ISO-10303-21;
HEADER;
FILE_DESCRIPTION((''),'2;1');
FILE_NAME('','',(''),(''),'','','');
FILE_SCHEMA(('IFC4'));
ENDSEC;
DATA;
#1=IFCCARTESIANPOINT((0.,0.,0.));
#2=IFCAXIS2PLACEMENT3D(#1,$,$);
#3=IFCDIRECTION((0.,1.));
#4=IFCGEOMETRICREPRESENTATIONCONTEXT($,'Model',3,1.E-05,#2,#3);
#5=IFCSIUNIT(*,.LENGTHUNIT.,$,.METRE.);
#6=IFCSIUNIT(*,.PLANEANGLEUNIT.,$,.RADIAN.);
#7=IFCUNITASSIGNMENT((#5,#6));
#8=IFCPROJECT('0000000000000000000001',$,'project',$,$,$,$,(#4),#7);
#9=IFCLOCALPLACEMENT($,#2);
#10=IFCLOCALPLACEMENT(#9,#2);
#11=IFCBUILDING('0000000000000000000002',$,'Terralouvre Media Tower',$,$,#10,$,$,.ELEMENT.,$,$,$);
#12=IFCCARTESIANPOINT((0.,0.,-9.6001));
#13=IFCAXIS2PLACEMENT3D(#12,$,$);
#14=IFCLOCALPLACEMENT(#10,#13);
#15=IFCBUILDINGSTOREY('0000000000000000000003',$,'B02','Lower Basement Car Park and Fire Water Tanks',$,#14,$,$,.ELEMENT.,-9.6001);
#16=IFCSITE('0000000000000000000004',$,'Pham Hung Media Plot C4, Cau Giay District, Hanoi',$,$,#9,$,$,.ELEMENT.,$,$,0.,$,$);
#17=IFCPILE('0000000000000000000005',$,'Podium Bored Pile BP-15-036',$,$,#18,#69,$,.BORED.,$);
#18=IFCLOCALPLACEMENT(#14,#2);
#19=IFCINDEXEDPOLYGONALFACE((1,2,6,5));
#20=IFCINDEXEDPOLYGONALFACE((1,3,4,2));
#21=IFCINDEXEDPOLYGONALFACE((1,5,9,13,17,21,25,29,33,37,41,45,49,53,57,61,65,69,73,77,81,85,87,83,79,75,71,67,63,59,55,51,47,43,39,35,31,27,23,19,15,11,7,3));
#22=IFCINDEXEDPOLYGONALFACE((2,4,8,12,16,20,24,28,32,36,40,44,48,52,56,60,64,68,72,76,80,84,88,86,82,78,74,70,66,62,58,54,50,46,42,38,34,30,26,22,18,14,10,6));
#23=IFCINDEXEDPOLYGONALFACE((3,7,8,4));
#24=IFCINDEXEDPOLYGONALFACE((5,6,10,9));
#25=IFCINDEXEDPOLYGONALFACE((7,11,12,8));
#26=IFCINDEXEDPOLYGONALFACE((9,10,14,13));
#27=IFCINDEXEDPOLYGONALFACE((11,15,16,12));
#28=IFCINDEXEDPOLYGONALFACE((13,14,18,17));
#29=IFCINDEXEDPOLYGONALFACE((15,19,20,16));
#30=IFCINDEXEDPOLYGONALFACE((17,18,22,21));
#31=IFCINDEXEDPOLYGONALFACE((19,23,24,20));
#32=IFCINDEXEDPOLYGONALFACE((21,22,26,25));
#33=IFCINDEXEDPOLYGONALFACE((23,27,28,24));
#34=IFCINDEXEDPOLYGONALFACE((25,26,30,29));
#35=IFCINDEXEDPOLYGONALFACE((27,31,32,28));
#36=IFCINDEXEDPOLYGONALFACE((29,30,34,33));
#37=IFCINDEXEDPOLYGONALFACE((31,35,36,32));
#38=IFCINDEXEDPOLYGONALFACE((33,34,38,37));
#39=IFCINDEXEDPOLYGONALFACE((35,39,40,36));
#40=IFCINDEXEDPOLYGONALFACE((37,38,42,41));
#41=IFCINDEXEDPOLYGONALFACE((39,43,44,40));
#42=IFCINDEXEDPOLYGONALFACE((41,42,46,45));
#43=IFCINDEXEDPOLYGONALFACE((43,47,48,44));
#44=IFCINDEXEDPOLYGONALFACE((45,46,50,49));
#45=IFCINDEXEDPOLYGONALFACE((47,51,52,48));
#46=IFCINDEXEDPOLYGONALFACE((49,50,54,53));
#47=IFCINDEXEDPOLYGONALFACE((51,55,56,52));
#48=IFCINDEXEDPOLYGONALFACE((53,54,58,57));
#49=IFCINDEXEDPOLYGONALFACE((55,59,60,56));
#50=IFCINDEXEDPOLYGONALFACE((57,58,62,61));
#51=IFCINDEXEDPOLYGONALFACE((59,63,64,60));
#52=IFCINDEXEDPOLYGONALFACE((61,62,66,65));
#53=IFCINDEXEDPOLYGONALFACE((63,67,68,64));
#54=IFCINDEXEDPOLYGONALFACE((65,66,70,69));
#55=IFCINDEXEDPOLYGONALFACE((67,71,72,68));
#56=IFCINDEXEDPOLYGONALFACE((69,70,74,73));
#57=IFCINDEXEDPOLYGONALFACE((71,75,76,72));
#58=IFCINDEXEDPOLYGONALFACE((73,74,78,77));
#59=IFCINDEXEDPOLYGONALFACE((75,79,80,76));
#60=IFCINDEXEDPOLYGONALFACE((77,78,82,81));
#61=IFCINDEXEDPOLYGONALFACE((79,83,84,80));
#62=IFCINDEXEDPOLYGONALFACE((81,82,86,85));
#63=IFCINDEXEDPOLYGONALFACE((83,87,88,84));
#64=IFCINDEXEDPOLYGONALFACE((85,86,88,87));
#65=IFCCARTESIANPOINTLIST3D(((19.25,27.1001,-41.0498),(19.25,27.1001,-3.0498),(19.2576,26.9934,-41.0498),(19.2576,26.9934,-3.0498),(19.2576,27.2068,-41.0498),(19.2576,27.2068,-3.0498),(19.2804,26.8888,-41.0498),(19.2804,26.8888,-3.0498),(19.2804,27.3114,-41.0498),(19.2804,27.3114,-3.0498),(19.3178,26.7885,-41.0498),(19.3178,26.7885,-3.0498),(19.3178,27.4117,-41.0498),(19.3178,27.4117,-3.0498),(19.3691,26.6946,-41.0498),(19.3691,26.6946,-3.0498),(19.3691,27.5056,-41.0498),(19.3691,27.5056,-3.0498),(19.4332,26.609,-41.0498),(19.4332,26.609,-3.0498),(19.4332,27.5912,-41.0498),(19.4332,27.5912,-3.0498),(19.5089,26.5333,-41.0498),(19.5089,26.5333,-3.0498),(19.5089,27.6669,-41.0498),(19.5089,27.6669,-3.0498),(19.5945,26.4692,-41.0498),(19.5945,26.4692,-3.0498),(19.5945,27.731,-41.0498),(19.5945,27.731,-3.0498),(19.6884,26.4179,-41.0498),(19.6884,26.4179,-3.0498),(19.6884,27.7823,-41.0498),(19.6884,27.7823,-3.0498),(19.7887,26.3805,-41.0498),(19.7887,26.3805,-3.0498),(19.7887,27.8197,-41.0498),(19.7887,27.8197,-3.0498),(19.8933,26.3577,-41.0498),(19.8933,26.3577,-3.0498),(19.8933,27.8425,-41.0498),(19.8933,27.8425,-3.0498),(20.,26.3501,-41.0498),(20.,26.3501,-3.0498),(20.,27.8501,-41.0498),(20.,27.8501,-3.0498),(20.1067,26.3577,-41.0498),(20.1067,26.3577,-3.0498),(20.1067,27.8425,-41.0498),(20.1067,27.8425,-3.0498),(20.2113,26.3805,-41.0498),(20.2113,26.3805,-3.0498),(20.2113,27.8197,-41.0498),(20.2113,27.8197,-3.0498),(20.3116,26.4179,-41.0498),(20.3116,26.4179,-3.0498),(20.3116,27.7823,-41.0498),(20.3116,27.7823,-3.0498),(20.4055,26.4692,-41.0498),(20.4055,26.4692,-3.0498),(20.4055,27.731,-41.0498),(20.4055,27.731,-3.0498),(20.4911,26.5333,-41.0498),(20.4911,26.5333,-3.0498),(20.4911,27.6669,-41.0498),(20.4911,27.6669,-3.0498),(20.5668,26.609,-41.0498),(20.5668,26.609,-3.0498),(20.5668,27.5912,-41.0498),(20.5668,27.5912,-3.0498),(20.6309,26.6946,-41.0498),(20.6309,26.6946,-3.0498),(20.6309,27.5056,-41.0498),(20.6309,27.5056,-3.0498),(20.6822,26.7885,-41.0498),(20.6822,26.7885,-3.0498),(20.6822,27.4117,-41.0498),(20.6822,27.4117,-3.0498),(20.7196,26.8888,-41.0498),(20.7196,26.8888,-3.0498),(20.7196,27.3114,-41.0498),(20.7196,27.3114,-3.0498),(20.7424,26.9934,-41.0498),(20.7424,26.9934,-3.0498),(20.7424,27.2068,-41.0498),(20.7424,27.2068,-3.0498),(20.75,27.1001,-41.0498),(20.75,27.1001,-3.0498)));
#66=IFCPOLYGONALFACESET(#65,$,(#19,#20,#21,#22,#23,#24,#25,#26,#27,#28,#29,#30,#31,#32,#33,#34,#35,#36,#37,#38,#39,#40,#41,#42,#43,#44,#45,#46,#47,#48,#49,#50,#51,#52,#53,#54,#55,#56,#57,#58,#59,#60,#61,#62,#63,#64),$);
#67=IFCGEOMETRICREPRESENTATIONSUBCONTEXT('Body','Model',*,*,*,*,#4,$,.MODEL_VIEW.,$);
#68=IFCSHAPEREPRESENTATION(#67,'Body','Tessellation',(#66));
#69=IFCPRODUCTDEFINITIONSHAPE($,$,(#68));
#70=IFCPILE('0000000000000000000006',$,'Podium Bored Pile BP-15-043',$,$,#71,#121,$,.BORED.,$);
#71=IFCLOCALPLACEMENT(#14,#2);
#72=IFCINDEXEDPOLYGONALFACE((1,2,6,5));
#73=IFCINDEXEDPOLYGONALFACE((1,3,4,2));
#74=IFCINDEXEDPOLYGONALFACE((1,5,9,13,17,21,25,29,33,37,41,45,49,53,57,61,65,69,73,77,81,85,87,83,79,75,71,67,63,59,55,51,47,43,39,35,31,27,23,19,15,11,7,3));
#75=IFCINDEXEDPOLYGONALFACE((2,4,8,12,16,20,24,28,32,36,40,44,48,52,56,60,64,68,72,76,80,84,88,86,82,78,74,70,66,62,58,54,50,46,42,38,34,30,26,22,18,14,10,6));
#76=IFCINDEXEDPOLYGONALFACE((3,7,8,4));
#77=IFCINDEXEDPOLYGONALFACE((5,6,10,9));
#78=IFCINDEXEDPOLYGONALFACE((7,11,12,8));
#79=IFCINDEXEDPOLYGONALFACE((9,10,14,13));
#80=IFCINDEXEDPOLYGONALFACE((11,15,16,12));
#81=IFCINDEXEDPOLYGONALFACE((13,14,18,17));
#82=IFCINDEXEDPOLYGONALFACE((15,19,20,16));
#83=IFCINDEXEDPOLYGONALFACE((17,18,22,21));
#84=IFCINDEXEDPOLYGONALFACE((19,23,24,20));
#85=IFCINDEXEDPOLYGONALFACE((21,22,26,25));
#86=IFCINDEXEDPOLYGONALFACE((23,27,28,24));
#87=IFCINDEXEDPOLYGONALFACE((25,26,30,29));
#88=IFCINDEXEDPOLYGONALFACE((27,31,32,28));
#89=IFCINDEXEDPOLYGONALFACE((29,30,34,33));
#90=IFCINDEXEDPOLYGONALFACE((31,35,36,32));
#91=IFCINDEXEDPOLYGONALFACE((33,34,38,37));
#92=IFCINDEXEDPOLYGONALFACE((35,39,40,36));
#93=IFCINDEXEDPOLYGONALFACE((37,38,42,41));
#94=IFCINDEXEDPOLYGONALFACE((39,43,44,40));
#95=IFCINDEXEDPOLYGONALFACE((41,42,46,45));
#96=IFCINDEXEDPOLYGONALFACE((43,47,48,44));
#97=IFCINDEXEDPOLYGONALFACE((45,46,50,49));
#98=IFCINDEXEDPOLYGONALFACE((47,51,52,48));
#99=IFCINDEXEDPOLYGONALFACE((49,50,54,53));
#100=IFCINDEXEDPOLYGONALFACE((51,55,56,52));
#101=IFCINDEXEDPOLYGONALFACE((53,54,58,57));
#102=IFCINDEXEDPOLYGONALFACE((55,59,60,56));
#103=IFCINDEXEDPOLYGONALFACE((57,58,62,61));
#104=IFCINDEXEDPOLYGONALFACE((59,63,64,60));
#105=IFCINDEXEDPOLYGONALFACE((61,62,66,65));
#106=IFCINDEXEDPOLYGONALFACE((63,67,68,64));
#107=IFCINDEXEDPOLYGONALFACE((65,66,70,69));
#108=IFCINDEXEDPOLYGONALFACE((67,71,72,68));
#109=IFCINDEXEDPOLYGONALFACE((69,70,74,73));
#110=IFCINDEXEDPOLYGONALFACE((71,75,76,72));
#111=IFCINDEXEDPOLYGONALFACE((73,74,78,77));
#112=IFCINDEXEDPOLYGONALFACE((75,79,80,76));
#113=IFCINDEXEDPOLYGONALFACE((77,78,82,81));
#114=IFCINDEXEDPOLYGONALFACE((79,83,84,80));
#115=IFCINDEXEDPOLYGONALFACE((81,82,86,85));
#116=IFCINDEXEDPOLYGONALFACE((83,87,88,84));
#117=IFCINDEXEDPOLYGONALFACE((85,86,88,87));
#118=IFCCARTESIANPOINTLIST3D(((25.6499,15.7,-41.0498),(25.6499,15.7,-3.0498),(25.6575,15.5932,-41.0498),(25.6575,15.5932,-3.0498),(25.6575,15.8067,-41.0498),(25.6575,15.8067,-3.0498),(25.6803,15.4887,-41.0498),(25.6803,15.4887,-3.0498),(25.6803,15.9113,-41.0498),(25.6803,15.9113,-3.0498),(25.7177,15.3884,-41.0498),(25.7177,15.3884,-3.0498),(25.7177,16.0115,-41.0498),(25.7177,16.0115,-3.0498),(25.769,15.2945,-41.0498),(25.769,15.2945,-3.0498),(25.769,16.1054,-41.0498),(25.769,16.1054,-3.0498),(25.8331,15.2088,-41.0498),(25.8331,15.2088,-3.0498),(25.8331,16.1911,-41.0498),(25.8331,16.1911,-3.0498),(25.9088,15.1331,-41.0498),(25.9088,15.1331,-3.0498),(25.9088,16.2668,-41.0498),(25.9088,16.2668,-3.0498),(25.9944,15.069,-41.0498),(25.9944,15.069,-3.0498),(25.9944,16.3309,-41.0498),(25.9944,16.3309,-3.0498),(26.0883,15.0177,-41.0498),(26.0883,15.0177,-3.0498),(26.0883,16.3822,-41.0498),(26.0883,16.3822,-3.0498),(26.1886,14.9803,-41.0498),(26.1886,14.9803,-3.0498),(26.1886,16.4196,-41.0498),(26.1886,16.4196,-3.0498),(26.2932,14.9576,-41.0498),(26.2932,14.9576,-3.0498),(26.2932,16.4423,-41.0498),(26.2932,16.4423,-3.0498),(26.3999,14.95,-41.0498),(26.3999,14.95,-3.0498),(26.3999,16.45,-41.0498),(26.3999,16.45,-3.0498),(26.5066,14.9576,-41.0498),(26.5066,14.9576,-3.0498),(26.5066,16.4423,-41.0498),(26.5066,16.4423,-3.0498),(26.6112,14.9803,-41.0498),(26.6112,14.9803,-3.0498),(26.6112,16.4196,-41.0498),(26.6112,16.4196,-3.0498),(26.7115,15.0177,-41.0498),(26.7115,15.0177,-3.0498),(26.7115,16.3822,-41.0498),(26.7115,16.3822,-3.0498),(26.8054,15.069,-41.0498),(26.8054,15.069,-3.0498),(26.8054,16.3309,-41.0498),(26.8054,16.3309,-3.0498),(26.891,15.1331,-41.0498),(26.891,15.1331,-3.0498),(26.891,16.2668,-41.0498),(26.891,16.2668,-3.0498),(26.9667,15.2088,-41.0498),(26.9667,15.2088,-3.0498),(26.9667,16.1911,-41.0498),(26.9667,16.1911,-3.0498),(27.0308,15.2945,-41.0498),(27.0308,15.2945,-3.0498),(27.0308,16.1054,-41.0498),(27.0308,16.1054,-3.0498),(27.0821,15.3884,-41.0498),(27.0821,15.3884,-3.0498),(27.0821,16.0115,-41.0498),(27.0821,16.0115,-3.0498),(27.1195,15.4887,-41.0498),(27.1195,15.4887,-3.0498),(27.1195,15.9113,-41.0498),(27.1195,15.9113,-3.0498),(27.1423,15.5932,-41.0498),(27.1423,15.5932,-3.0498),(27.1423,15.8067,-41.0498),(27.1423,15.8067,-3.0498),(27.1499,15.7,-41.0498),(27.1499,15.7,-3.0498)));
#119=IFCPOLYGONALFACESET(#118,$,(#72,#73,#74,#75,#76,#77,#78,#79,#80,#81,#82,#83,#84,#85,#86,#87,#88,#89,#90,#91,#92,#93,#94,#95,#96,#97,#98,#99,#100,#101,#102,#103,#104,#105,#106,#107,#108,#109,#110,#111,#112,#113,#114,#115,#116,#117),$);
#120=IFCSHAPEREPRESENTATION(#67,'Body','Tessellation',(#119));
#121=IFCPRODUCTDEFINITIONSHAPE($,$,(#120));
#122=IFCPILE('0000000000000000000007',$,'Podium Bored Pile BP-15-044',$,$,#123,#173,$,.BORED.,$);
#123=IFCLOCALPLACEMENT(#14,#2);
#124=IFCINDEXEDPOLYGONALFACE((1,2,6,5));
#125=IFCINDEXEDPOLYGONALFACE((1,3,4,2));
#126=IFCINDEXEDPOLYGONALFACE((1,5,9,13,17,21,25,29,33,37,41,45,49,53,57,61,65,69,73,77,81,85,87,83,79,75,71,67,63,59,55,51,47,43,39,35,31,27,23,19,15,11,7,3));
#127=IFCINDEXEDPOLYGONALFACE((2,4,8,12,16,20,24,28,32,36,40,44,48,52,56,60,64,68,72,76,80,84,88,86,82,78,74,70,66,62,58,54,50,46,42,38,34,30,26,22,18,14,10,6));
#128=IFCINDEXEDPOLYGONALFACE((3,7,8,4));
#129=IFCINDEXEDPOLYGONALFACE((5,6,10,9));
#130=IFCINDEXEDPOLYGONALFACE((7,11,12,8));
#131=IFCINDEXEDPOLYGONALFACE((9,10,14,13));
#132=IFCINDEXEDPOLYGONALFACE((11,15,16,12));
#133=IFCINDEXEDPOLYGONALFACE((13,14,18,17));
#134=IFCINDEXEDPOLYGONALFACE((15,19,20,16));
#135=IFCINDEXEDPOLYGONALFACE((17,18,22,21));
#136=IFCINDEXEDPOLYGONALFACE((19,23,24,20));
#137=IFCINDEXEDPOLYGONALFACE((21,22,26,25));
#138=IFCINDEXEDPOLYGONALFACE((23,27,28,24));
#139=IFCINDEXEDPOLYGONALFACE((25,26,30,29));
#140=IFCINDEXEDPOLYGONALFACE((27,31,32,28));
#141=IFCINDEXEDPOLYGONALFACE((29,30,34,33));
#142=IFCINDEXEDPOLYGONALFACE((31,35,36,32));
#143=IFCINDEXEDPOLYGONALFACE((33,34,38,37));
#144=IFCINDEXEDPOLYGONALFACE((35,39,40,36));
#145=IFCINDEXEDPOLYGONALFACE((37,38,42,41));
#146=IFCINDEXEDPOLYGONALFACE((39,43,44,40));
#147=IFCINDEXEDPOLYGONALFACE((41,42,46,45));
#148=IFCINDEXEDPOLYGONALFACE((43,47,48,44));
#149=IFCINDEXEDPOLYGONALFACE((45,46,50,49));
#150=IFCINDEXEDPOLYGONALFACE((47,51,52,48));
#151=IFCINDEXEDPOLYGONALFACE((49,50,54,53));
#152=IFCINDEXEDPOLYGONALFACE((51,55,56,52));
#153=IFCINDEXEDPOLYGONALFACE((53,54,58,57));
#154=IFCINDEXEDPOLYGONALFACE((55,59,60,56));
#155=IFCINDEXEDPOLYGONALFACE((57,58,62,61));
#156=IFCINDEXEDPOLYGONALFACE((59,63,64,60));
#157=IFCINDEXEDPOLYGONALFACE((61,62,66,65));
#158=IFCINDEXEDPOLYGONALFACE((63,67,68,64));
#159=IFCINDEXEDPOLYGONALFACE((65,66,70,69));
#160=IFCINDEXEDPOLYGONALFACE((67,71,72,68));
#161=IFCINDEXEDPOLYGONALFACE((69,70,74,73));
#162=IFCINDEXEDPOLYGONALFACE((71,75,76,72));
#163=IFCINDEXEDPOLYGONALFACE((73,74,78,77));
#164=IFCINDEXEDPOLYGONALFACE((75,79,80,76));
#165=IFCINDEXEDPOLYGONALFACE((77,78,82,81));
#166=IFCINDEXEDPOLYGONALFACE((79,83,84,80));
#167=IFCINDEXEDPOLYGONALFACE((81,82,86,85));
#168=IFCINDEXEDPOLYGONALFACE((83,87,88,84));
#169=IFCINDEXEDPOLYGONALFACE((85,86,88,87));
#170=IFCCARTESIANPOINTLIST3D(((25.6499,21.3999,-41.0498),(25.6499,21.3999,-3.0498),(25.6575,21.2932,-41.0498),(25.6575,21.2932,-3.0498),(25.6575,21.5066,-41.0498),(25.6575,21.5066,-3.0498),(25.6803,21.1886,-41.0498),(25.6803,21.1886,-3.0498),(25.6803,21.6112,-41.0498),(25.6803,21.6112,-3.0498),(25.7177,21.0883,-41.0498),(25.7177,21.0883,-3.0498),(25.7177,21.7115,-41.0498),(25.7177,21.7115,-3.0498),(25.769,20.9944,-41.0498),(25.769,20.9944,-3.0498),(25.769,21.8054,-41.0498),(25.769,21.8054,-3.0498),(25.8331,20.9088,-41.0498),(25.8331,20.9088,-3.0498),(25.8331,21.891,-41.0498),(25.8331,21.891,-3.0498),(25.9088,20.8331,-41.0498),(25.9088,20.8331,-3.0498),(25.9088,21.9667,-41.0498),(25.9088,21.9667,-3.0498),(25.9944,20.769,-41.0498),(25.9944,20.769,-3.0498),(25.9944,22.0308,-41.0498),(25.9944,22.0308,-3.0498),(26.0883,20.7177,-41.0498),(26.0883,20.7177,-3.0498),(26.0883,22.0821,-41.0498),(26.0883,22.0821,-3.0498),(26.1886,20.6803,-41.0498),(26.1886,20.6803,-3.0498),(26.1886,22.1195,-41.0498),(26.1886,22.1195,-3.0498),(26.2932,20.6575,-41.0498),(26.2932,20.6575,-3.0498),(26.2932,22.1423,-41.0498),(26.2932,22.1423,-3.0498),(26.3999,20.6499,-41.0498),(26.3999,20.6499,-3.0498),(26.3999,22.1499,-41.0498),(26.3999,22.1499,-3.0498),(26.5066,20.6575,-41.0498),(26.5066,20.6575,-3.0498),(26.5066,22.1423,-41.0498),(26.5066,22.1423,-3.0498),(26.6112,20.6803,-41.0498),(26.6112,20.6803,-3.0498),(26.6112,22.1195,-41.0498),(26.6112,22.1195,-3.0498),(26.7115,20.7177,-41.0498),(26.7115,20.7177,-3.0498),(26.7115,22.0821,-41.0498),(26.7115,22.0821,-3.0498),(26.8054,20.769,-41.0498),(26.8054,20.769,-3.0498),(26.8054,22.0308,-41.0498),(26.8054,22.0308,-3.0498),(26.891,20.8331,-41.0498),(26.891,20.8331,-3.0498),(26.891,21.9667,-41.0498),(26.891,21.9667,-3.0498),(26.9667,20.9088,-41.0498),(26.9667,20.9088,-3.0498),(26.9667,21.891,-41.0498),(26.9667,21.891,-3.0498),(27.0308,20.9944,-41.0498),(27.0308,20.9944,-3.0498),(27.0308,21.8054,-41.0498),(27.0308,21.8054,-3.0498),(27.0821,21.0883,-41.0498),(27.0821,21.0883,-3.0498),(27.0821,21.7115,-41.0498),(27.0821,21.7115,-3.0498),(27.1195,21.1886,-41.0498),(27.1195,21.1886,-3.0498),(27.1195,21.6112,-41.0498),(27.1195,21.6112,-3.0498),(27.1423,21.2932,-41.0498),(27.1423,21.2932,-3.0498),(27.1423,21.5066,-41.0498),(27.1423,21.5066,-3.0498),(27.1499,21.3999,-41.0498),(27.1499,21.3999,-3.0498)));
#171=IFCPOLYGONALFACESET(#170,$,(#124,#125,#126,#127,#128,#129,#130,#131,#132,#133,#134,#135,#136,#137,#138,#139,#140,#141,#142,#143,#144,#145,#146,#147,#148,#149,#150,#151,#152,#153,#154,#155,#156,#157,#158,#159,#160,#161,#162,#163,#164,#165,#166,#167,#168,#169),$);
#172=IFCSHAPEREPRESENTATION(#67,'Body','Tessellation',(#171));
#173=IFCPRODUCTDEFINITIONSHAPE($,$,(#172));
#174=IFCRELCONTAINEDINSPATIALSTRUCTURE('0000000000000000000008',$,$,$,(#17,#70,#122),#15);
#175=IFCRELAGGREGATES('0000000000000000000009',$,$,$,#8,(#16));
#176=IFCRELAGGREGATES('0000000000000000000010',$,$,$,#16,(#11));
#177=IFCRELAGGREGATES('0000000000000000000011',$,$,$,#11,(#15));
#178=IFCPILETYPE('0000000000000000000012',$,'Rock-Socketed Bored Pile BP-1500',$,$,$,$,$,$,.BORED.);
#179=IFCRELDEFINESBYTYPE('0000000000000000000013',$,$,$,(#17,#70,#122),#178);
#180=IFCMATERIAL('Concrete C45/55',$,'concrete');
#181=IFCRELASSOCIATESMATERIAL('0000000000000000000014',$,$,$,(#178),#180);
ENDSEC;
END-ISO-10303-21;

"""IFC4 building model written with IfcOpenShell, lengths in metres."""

from ifc_helpers import new_model, si_unit, direction, frame, origin, origin_2d, place, context, subcontext, project, spatial, circle, extrude, material, material_profile, profile_set, type_object, element, save


model = new_model("IFC4")

# Units and contexts
model_context = context("Model", 3, precision=1e-05, world=origin(), true_north=direction((0.0, 1.0)))
body_context = subcontext(model_context, "Body", "Model", "MODEL_VIEW")
ifc_project = project(units=[si_unit("LENGTHUNIT", "METRE"), si_unit("PLANEANGLEUNIT", "RADIAN")], contexts=[model_context])

# Site, building, storey
site_placement = place(None, origin())
site = spatial("IfcSite", under=ifc_project, at=site_placement, Name="Pham Hung Media Plot C4, Cau Giay District, Hanoi", CompositionType="ELEMENT", RefElevation=0.0)
building_placement = place(site_placement, origin())
building = spatial("IfcBuilding", under=site, at=building_placement, Name="Terralouvre Media Tower", CompositionType="ELEMENT")
storey_placement = place(building_placement, frame((0.0, 0.0, -9.6001)))
storey = spatial("IfcBuildingStorey", under=building, at=storey_placement, Name="B02", Description="Lower Basement Car Park and Fire Water Tanks", CompositionType="ELEMENT", Elevation=-9.6001)

# Piles
ifc_material_1 = material(Name="Concrete C45/55", Category="concrete")
ifc_material_profile_1 = material_profile(ifc_material_1, circle(Radius=0.75, at=origin_2d()), Name="BORED PILE 1500")
ifc_profile_set_1 = profile_set([ifc_material_profile_1], Name="Concrete C45/55")
pile_type = type_object("IfcPileType", Name="Rock-Socketed Bored Pile BP-1500", PredefinedType="BORED", material=ifc_profile_set_1)
for number, where, z_axis, x_axis, name in (
    (1, (20.0, 27.1001, -3.0498), (0.0, 0.0, -1.0), (1.0, 0.0, 0.0), "Podium Bored Pile BP-15-036"),
    (2, (26.3999, 15.7, -3.0498), (0.0, 0.0, -1.0), (1.0, 0.0, 0.0), "Podium Bored Pile BP-15-043"),
    (3, (26.3999, 21.3999, -3.0498), (0.0, 0.0, -1.0), (1.0, 0.0, 0.0), "Podium Bored Pile BP-15-044"),
):
    element("IfcPile", number, at=place(storey_placement, frame(where, z_axis=z_axis, x_axis=x_axis)), inside=storey, type_object=pile_type, Name=name, PredefinedType="BORED", context=body_context, shape_type="SweptSolid", body=[
        extrude(circle(Radius=0.75, at=origin_2d()), origin(), (0.0, 0.0, 1.0), 38.0),
    ])

save(model, "model.ifc")
